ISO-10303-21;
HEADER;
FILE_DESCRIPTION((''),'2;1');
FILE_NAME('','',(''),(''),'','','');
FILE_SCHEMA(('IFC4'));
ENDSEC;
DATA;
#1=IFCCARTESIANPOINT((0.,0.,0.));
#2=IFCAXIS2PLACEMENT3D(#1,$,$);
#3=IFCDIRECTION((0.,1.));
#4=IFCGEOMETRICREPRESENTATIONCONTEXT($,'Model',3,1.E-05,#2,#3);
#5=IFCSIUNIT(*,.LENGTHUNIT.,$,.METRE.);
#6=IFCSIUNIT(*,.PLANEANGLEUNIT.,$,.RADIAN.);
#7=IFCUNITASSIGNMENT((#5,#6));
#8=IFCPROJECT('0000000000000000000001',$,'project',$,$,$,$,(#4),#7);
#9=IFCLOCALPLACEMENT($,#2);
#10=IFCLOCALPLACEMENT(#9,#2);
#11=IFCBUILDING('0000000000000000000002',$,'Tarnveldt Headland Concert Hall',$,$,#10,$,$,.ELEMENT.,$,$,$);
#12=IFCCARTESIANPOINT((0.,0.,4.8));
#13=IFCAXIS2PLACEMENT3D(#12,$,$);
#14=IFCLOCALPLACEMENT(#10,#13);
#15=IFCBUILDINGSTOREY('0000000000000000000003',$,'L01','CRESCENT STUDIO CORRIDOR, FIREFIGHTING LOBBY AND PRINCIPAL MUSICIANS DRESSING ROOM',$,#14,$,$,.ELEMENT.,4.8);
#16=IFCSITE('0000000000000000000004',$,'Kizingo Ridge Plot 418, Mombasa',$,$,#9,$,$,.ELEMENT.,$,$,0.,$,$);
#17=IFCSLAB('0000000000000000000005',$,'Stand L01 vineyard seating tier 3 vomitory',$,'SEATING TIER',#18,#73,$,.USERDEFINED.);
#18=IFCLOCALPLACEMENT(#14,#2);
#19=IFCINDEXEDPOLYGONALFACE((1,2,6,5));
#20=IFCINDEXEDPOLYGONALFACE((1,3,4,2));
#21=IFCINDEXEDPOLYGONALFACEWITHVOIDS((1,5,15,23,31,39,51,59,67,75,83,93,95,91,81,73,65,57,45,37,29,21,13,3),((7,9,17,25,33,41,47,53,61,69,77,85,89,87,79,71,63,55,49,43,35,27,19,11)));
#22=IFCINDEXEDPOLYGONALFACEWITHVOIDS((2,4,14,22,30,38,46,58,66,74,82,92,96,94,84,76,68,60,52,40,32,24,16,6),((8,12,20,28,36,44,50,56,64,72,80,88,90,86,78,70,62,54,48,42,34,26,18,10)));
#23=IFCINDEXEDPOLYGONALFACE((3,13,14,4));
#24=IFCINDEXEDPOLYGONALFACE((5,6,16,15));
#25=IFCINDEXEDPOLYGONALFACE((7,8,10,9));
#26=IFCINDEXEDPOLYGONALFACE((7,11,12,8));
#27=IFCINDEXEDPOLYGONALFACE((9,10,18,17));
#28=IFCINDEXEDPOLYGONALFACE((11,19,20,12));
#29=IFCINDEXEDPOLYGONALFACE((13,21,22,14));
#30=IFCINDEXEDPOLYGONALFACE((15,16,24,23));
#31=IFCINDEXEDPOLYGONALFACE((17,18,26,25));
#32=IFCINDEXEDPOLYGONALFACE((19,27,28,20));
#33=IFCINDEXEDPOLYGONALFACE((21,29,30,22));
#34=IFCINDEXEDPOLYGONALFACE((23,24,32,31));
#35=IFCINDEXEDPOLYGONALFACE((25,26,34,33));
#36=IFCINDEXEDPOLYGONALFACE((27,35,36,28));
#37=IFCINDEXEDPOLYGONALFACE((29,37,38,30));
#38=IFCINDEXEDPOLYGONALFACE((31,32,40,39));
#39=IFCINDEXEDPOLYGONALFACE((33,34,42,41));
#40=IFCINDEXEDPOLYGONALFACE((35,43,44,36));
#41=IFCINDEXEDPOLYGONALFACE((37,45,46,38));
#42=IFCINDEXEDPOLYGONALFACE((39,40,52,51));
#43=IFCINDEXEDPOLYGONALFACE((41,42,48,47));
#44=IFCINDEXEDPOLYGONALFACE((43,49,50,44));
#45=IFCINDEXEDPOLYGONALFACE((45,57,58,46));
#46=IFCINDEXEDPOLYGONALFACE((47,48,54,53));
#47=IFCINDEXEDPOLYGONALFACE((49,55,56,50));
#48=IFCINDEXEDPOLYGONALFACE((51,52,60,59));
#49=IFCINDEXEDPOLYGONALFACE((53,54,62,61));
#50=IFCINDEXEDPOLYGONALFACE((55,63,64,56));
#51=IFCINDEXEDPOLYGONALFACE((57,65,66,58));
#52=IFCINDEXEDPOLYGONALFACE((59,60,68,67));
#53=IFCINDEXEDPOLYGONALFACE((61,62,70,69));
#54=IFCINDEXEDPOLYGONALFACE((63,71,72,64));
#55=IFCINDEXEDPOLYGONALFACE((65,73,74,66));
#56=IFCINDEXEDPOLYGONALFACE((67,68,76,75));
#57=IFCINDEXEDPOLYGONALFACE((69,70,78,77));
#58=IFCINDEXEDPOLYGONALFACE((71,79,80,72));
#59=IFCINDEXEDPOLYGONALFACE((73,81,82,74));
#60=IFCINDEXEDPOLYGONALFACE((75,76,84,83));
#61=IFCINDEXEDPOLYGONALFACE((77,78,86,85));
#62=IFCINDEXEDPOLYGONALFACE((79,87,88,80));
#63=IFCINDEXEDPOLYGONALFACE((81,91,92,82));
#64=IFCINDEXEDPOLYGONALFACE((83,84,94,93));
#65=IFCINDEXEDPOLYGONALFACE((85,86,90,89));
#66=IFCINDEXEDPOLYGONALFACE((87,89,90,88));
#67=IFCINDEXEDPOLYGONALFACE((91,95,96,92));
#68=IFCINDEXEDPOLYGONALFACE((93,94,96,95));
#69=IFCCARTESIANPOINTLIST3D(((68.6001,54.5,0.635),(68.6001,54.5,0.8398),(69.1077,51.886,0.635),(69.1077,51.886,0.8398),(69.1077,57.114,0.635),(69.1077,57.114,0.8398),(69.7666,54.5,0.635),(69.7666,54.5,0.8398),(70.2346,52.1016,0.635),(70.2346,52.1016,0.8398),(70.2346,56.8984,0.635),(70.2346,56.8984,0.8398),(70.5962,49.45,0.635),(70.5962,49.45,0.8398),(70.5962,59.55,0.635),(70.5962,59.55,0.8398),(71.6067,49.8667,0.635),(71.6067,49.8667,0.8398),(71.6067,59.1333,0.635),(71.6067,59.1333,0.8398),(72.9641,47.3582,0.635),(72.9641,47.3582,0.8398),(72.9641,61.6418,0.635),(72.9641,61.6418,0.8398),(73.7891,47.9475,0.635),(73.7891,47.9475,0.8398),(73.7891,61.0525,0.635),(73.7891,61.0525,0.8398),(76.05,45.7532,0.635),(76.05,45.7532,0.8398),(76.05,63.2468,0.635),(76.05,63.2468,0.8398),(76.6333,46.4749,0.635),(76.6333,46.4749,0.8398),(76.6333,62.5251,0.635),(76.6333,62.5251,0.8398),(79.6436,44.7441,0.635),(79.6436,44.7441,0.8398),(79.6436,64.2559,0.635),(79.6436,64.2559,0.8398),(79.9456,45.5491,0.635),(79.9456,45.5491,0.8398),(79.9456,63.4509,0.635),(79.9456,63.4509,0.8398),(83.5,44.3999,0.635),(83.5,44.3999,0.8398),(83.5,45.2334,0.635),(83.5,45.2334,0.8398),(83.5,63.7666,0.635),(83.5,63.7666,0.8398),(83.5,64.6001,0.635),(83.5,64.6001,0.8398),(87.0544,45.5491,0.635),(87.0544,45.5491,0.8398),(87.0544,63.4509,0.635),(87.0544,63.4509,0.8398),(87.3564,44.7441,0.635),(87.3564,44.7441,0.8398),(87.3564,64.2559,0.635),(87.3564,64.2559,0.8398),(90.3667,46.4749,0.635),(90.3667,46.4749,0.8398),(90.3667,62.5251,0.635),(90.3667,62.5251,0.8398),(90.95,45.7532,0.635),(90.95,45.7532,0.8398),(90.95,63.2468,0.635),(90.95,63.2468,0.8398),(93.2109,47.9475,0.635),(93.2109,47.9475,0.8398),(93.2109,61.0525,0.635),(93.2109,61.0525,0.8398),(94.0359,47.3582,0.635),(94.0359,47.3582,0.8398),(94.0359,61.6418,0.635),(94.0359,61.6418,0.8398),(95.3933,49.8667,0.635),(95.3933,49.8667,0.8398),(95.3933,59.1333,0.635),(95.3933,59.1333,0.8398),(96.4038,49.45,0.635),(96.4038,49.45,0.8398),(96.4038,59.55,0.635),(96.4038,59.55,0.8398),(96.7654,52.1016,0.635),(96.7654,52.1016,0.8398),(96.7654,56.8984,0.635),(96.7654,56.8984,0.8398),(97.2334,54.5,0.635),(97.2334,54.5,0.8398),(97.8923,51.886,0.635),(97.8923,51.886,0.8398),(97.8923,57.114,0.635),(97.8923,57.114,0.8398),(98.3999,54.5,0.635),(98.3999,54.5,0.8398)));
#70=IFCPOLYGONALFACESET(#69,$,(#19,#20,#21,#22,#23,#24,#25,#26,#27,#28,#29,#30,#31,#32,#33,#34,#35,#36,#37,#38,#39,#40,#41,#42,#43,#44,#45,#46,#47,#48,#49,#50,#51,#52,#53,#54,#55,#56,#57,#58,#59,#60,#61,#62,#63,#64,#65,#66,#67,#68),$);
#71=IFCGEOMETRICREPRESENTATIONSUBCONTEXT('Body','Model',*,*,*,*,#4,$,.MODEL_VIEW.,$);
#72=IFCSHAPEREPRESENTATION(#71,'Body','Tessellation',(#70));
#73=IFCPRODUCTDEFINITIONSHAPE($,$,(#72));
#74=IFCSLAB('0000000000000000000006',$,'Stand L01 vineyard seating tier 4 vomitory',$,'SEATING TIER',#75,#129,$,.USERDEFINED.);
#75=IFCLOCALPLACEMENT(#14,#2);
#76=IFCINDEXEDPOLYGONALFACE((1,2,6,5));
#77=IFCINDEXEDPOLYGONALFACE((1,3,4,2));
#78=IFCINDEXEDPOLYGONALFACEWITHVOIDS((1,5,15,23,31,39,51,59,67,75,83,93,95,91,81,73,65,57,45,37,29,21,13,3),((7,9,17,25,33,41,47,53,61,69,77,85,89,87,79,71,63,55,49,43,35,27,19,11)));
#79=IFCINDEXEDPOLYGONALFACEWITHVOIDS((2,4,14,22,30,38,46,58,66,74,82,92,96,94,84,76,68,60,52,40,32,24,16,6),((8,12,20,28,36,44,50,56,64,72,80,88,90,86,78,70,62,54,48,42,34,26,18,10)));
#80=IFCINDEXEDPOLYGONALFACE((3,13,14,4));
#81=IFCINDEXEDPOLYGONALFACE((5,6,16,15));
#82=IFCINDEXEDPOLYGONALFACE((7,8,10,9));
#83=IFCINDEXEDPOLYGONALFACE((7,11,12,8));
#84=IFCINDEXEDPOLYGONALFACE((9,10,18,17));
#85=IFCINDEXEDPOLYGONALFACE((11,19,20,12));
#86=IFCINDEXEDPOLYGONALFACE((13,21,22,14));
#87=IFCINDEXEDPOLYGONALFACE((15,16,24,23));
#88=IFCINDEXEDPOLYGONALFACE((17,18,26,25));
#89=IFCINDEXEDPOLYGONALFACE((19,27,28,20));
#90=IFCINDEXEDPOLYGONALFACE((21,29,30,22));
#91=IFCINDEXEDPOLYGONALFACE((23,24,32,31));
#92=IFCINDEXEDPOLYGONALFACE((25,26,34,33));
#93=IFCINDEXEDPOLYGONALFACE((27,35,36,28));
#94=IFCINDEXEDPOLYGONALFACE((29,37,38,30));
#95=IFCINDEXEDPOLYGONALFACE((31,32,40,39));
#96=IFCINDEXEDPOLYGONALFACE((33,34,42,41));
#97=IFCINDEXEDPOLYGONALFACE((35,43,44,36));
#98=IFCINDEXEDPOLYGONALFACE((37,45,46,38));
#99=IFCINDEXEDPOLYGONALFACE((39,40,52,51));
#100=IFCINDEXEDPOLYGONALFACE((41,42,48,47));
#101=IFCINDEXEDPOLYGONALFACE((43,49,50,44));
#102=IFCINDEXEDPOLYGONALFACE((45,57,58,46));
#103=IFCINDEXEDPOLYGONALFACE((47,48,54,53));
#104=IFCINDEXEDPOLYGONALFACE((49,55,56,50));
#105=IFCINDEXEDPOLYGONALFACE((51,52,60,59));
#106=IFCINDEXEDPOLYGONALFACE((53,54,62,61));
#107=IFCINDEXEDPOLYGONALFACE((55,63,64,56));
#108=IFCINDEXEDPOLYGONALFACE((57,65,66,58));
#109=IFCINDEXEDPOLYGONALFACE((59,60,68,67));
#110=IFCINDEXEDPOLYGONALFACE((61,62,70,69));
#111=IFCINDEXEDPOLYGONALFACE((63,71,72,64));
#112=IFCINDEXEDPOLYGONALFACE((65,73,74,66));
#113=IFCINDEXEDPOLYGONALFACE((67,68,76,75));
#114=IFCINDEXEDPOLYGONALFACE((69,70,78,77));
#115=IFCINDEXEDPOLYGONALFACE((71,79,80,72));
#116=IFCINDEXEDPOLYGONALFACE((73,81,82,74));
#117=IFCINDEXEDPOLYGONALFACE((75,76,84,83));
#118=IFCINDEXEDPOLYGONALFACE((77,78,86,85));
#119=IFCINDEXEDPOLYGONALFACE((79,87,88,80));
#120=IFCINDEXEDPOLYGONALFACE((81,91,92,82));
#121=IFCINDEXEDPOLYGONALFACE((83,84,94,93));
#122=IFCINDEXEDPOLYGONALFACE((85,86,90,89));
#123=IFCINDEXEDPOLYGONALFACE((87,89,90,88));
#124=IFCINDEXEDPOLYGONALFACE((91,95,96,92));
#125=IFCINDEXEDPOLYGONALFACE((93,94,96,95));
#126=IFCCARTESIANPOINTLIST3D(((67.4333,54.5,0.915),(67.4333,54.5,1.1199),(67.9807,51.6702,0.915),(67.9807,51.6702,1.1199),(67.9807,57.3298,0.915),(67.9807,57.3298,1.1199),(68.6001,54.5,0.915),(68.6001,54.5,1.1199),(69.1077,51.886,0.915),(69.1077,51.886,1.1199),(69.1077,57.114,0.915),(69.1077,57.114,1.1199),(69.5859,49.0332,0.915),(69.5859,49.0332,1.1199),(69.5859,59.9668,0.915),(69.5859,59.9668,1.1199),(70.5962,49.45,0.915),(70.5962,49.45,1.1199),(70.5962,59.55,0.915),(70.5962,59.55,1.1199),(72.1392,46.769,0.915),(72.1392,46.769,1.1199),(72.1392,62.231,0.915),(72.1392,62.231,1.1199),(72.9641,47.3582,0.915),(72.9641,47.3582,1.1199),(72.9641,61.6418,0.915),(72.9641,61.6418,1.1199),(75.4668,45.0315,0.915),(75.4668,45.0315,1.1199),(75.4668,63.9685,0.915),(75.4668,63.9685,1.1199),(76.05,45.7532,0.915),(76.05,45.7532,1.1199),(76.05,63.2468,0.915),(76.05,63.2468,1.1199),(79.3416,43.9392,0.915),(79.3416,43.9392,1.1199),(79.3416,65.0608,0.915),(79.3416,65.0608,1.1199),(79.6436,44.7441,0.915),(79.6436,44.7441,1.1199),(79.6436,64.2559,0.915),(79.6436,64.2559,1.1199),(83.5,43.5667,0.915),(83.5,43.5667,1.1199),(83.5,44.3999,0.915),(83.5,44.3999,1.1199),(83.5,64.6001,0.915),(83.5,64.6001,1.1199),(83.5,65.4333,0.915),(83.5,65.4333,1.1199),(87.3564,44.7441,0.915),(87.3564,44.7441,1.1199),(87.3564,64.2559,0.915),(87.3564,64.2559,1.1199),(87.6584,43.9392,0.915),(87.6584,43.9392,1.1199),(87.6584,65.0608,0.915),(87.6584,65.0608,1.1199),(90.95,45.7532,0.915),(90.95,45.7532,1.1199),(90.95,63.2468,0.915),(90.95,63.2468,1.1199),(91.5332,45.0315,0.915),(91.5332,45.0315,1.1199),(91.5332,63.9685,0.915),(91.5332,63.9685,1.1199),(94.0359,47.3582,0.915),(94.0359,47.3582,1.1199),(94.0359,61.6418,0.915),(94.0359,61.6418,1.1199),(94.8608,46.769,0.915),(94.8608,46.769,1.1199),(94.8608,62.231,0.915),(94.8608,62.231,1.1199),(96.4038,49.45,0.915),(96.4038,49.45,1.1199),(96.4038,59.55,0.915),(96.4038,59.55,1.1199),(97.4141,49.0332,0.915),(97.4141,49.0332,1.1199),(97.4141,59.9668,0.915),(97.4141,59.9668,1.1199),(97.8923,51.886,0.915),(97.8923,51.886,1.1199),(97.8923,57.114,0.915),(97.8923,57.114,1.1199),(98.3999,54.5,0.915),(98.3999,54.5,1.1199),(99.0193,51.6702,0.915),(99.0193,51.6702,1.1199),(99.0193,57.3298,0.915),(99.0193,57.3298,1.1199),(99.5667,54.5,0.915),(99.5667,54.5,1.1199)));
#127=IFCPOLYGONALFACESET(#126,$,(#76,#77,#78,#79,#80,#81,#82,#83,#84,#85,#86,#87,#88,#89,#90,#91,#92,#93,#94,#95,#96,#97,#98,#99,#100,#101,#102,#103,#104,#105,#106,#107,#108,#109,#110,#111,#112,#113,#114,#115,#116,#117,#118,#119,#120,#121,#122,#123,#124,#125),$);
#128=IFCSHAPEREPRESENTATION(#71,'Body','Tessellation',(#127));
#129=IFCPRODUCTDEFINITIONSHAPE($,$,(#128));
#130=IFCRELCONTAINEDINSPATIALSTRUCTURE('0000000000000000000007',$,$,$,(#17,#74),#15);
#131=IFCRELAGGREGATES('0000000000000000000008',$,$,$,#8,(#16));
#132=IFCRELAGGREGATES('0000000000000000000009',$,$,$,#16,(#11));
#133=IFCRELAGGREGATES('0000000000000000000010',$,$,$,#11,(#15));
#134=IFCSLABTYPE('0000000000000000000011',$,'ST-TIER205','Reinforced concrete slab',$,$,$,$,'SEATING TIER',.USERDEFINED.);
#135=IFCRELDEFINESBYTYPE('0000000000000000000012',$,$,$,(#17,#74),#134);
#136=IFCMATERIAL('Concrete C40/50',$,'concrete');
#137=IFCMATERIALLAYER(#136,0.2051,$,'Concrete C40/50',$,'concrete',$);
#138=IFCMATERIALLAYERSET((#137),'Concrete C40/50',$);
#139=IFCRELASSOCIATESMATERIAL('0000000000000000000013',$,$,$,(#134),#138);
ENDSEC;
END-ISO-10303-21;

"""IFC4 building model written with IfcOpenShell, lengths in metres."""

from ifc_helpers import new_model, si_unit, direction, frame, origin, place, context, subcontext, project, spatial, polyline, outline, extrude, material, layer, layer_set, type_object, element, save


model = new_model("IFC4")

# Units and contexts
model_context = context("Model", 3, precision=1e-05, world=origin(), true_north=direction((0.0, 1.0)))
body_context = subcontext(model_context, "Body", "Model", "MODEL_VIEW")
ifc_project = project(units=[si_unit("LENGTHUNIT", "METRE"), si_unit("PLANEANGLEUNIT", "RADIAN")], contexts=[model_context])

# Site, building, storey
site_placement = place(None, origin())
site = spatial("IfcSite", under=ifc_project, at=site_placement, Name="Kizingo Ridge Plot 418, Mombasa", CompositionType="ELEMENT", RefElevation=0.0)
building_placement = place(site_placement, origin())
building = spatial("IfcBuilding", under=site, at=building_placement, Name="Tarnveldt Headland Concert Hall", CompositionType="ELEMENT")
storey_placement = place(building_placement, frame((0.0, 0.0, 4.8)))
storey = spatial("IfcBuildingStorey", under=building, at=storey_placement, Name="L01", Description="CRESCENT STUDIO CORRIDOR, FIREFIGHTING LOBBY AND PRINCIPAL MUSICIANS DRESSING ROOM", CompositionType="ELEMENT", Elevation=4.8)

# Shared definitions
ifc_material_1 = material(Name="Concrete C40/50", Category="concrete")

# Slabs
ifc_layer_1 = layer(ifc_material_1, 0.2051, Name="Concrete C40/50", Category="concrete")
ifc_layer_set_1 = layer_set([ifc_layer_1], Name="Concrete C40/50")
slab_type_1 = type_object("IfcSlabType", Name="ST-TIER205", Description="Reinforced concrete slab", ElementType="SEATING TIER", PredefinedType="USERDEFINED", material=ifc_layer_set_1)
slab_1_placement = place(storey_placement, frame((0.0, 0.0, 0.635)))
element("IfcSlab", 1, at=slab_1_placement, inside=storey, type_object=slab_type_1, Name="Stand L01 vineyard seating tier 3 vomitory", ObjectType="SEATING TIER", PredefinedType="USERDEFINED", context=body_context, shape_type="SweptSolid", body=[
    extrude(outline(polyline([(98.3999, 54.5), (97.8923, 57.114), (96.4038, 59.55), (94.0359, 61.6418), (90.95, 63.2468), (87.3564, 64.2559), (83.5, 64.6001), (79.6436, 64.2559), (76.05, 63.2468), (72.9641, 61.6418), (70.5962, 59.55), (69.1077, 57.114), (68.6001, 54.5), (69.1077, 51.886), (70.5962, 49.45), (72.9641, 47.3582), (76.05, 45.7532), (79.6436, 44.7441), (83.5, 44.3999), (87.3564, 44.7441), (90.95, 45.7532), (94.0359, 47.3582), (96.4038, 49.45), (97.8923, 51.886), (98.3999, 54.5)]), holes=[polyline([(96.7654, 52.1016), (95.3933, 49.8667), (93.2109, 47.9475), (90.3667, 46.4749), (87.0544, 45.5491), (83.5, 45.2334), (79.9456, 45.5491), (76.6333, 46.4749), (73.7891, 47.9475), (71.6067, 49.8667), (70.2346, 52.1016), (69.7666, 54.5), (70.2346, 56.8984), (71.6067, 59.1333), (73.7891, 61.0525), (76.6333, 62.5251), (79.9456, 63.4509), (83.5, 63.7666), (87.0544, 63.4509), (90.3667, 62.5251), (93.2109, 61.0525), (95.3933, 59.1333), (96.7654, 56.8984), (97.2334, 54.5), (96.7654, 52.1016)])]), origin(), (0.0, 0.0, 1.0), 0.2048),
])
slab_2_placement = place(storey_placement, frame((0.0, 0.0, 0.915)))
element("IfcSlab", 2, at=slab_2_placement, inside=storey, type_object=slab_type_1, Name="Stand L01 vineyard seating tier 4 vomitory", ObjectType="SEATING TIER", PredefinedType="USERDEFINED", context=body_context, shape_type="SweptSolid", body=[
    extrude(outline(polyline([(99.5667, 54.5), (99.0193, 57.3298), (97.4141, 59.9668), (94.8608, 62.231), (91.5332, 63.9685), (87.6584, 65.0608), (83.5, 65.4333), (79.3416, 65.0608), (75.4668, 63.9685), (72.1392, 62.231), (69.5859, 59.9668), (67.9807, 57.3298), (67.4333, 54.5), (67.9807, 51.6702), (69.5859, 49.0332), (72.1392, 46.769), (75.4668, 45.0315), (79.3416, 43.9392), (83.5, 43.5667), (87.6584, 43.9392), (91.5332, 45.0315), (94.8608, 46.769), (97.4141, 49.0332), (99.0193, 51.6702), (99.5667, 54.5)]), holes=[polyline([(97.8923, 51.886), (96.4038, 49.45), (94.0359, 47.3582), (90.95, 45.7532), (87.3564, 44.7441), (83.5, 44.3999), (79.6436, 44.7441), (76.05, 45.7532), (72.9641, 47.3582), (70.5962, 49.45), (69.1077, 51.886), (68.6001, 54.5), (69.1077, 57.114), (70.5962, 59.55), (72.9641, 61.6418), (76.05, 63.2468), (79.6436, 64.2559), (83.5, 64.6001), (87.3564, 64.2559), (90.95, 63.2468), (94.0359, 61.6418), (96.4038, 59.55), (97.8923, 57.114), (98.3999, 54.5), (97.8923, 51.886)])]), origin(), (0.0, 0.0, 1.0), 0.2048),
])

save(model, "model.ifc")
